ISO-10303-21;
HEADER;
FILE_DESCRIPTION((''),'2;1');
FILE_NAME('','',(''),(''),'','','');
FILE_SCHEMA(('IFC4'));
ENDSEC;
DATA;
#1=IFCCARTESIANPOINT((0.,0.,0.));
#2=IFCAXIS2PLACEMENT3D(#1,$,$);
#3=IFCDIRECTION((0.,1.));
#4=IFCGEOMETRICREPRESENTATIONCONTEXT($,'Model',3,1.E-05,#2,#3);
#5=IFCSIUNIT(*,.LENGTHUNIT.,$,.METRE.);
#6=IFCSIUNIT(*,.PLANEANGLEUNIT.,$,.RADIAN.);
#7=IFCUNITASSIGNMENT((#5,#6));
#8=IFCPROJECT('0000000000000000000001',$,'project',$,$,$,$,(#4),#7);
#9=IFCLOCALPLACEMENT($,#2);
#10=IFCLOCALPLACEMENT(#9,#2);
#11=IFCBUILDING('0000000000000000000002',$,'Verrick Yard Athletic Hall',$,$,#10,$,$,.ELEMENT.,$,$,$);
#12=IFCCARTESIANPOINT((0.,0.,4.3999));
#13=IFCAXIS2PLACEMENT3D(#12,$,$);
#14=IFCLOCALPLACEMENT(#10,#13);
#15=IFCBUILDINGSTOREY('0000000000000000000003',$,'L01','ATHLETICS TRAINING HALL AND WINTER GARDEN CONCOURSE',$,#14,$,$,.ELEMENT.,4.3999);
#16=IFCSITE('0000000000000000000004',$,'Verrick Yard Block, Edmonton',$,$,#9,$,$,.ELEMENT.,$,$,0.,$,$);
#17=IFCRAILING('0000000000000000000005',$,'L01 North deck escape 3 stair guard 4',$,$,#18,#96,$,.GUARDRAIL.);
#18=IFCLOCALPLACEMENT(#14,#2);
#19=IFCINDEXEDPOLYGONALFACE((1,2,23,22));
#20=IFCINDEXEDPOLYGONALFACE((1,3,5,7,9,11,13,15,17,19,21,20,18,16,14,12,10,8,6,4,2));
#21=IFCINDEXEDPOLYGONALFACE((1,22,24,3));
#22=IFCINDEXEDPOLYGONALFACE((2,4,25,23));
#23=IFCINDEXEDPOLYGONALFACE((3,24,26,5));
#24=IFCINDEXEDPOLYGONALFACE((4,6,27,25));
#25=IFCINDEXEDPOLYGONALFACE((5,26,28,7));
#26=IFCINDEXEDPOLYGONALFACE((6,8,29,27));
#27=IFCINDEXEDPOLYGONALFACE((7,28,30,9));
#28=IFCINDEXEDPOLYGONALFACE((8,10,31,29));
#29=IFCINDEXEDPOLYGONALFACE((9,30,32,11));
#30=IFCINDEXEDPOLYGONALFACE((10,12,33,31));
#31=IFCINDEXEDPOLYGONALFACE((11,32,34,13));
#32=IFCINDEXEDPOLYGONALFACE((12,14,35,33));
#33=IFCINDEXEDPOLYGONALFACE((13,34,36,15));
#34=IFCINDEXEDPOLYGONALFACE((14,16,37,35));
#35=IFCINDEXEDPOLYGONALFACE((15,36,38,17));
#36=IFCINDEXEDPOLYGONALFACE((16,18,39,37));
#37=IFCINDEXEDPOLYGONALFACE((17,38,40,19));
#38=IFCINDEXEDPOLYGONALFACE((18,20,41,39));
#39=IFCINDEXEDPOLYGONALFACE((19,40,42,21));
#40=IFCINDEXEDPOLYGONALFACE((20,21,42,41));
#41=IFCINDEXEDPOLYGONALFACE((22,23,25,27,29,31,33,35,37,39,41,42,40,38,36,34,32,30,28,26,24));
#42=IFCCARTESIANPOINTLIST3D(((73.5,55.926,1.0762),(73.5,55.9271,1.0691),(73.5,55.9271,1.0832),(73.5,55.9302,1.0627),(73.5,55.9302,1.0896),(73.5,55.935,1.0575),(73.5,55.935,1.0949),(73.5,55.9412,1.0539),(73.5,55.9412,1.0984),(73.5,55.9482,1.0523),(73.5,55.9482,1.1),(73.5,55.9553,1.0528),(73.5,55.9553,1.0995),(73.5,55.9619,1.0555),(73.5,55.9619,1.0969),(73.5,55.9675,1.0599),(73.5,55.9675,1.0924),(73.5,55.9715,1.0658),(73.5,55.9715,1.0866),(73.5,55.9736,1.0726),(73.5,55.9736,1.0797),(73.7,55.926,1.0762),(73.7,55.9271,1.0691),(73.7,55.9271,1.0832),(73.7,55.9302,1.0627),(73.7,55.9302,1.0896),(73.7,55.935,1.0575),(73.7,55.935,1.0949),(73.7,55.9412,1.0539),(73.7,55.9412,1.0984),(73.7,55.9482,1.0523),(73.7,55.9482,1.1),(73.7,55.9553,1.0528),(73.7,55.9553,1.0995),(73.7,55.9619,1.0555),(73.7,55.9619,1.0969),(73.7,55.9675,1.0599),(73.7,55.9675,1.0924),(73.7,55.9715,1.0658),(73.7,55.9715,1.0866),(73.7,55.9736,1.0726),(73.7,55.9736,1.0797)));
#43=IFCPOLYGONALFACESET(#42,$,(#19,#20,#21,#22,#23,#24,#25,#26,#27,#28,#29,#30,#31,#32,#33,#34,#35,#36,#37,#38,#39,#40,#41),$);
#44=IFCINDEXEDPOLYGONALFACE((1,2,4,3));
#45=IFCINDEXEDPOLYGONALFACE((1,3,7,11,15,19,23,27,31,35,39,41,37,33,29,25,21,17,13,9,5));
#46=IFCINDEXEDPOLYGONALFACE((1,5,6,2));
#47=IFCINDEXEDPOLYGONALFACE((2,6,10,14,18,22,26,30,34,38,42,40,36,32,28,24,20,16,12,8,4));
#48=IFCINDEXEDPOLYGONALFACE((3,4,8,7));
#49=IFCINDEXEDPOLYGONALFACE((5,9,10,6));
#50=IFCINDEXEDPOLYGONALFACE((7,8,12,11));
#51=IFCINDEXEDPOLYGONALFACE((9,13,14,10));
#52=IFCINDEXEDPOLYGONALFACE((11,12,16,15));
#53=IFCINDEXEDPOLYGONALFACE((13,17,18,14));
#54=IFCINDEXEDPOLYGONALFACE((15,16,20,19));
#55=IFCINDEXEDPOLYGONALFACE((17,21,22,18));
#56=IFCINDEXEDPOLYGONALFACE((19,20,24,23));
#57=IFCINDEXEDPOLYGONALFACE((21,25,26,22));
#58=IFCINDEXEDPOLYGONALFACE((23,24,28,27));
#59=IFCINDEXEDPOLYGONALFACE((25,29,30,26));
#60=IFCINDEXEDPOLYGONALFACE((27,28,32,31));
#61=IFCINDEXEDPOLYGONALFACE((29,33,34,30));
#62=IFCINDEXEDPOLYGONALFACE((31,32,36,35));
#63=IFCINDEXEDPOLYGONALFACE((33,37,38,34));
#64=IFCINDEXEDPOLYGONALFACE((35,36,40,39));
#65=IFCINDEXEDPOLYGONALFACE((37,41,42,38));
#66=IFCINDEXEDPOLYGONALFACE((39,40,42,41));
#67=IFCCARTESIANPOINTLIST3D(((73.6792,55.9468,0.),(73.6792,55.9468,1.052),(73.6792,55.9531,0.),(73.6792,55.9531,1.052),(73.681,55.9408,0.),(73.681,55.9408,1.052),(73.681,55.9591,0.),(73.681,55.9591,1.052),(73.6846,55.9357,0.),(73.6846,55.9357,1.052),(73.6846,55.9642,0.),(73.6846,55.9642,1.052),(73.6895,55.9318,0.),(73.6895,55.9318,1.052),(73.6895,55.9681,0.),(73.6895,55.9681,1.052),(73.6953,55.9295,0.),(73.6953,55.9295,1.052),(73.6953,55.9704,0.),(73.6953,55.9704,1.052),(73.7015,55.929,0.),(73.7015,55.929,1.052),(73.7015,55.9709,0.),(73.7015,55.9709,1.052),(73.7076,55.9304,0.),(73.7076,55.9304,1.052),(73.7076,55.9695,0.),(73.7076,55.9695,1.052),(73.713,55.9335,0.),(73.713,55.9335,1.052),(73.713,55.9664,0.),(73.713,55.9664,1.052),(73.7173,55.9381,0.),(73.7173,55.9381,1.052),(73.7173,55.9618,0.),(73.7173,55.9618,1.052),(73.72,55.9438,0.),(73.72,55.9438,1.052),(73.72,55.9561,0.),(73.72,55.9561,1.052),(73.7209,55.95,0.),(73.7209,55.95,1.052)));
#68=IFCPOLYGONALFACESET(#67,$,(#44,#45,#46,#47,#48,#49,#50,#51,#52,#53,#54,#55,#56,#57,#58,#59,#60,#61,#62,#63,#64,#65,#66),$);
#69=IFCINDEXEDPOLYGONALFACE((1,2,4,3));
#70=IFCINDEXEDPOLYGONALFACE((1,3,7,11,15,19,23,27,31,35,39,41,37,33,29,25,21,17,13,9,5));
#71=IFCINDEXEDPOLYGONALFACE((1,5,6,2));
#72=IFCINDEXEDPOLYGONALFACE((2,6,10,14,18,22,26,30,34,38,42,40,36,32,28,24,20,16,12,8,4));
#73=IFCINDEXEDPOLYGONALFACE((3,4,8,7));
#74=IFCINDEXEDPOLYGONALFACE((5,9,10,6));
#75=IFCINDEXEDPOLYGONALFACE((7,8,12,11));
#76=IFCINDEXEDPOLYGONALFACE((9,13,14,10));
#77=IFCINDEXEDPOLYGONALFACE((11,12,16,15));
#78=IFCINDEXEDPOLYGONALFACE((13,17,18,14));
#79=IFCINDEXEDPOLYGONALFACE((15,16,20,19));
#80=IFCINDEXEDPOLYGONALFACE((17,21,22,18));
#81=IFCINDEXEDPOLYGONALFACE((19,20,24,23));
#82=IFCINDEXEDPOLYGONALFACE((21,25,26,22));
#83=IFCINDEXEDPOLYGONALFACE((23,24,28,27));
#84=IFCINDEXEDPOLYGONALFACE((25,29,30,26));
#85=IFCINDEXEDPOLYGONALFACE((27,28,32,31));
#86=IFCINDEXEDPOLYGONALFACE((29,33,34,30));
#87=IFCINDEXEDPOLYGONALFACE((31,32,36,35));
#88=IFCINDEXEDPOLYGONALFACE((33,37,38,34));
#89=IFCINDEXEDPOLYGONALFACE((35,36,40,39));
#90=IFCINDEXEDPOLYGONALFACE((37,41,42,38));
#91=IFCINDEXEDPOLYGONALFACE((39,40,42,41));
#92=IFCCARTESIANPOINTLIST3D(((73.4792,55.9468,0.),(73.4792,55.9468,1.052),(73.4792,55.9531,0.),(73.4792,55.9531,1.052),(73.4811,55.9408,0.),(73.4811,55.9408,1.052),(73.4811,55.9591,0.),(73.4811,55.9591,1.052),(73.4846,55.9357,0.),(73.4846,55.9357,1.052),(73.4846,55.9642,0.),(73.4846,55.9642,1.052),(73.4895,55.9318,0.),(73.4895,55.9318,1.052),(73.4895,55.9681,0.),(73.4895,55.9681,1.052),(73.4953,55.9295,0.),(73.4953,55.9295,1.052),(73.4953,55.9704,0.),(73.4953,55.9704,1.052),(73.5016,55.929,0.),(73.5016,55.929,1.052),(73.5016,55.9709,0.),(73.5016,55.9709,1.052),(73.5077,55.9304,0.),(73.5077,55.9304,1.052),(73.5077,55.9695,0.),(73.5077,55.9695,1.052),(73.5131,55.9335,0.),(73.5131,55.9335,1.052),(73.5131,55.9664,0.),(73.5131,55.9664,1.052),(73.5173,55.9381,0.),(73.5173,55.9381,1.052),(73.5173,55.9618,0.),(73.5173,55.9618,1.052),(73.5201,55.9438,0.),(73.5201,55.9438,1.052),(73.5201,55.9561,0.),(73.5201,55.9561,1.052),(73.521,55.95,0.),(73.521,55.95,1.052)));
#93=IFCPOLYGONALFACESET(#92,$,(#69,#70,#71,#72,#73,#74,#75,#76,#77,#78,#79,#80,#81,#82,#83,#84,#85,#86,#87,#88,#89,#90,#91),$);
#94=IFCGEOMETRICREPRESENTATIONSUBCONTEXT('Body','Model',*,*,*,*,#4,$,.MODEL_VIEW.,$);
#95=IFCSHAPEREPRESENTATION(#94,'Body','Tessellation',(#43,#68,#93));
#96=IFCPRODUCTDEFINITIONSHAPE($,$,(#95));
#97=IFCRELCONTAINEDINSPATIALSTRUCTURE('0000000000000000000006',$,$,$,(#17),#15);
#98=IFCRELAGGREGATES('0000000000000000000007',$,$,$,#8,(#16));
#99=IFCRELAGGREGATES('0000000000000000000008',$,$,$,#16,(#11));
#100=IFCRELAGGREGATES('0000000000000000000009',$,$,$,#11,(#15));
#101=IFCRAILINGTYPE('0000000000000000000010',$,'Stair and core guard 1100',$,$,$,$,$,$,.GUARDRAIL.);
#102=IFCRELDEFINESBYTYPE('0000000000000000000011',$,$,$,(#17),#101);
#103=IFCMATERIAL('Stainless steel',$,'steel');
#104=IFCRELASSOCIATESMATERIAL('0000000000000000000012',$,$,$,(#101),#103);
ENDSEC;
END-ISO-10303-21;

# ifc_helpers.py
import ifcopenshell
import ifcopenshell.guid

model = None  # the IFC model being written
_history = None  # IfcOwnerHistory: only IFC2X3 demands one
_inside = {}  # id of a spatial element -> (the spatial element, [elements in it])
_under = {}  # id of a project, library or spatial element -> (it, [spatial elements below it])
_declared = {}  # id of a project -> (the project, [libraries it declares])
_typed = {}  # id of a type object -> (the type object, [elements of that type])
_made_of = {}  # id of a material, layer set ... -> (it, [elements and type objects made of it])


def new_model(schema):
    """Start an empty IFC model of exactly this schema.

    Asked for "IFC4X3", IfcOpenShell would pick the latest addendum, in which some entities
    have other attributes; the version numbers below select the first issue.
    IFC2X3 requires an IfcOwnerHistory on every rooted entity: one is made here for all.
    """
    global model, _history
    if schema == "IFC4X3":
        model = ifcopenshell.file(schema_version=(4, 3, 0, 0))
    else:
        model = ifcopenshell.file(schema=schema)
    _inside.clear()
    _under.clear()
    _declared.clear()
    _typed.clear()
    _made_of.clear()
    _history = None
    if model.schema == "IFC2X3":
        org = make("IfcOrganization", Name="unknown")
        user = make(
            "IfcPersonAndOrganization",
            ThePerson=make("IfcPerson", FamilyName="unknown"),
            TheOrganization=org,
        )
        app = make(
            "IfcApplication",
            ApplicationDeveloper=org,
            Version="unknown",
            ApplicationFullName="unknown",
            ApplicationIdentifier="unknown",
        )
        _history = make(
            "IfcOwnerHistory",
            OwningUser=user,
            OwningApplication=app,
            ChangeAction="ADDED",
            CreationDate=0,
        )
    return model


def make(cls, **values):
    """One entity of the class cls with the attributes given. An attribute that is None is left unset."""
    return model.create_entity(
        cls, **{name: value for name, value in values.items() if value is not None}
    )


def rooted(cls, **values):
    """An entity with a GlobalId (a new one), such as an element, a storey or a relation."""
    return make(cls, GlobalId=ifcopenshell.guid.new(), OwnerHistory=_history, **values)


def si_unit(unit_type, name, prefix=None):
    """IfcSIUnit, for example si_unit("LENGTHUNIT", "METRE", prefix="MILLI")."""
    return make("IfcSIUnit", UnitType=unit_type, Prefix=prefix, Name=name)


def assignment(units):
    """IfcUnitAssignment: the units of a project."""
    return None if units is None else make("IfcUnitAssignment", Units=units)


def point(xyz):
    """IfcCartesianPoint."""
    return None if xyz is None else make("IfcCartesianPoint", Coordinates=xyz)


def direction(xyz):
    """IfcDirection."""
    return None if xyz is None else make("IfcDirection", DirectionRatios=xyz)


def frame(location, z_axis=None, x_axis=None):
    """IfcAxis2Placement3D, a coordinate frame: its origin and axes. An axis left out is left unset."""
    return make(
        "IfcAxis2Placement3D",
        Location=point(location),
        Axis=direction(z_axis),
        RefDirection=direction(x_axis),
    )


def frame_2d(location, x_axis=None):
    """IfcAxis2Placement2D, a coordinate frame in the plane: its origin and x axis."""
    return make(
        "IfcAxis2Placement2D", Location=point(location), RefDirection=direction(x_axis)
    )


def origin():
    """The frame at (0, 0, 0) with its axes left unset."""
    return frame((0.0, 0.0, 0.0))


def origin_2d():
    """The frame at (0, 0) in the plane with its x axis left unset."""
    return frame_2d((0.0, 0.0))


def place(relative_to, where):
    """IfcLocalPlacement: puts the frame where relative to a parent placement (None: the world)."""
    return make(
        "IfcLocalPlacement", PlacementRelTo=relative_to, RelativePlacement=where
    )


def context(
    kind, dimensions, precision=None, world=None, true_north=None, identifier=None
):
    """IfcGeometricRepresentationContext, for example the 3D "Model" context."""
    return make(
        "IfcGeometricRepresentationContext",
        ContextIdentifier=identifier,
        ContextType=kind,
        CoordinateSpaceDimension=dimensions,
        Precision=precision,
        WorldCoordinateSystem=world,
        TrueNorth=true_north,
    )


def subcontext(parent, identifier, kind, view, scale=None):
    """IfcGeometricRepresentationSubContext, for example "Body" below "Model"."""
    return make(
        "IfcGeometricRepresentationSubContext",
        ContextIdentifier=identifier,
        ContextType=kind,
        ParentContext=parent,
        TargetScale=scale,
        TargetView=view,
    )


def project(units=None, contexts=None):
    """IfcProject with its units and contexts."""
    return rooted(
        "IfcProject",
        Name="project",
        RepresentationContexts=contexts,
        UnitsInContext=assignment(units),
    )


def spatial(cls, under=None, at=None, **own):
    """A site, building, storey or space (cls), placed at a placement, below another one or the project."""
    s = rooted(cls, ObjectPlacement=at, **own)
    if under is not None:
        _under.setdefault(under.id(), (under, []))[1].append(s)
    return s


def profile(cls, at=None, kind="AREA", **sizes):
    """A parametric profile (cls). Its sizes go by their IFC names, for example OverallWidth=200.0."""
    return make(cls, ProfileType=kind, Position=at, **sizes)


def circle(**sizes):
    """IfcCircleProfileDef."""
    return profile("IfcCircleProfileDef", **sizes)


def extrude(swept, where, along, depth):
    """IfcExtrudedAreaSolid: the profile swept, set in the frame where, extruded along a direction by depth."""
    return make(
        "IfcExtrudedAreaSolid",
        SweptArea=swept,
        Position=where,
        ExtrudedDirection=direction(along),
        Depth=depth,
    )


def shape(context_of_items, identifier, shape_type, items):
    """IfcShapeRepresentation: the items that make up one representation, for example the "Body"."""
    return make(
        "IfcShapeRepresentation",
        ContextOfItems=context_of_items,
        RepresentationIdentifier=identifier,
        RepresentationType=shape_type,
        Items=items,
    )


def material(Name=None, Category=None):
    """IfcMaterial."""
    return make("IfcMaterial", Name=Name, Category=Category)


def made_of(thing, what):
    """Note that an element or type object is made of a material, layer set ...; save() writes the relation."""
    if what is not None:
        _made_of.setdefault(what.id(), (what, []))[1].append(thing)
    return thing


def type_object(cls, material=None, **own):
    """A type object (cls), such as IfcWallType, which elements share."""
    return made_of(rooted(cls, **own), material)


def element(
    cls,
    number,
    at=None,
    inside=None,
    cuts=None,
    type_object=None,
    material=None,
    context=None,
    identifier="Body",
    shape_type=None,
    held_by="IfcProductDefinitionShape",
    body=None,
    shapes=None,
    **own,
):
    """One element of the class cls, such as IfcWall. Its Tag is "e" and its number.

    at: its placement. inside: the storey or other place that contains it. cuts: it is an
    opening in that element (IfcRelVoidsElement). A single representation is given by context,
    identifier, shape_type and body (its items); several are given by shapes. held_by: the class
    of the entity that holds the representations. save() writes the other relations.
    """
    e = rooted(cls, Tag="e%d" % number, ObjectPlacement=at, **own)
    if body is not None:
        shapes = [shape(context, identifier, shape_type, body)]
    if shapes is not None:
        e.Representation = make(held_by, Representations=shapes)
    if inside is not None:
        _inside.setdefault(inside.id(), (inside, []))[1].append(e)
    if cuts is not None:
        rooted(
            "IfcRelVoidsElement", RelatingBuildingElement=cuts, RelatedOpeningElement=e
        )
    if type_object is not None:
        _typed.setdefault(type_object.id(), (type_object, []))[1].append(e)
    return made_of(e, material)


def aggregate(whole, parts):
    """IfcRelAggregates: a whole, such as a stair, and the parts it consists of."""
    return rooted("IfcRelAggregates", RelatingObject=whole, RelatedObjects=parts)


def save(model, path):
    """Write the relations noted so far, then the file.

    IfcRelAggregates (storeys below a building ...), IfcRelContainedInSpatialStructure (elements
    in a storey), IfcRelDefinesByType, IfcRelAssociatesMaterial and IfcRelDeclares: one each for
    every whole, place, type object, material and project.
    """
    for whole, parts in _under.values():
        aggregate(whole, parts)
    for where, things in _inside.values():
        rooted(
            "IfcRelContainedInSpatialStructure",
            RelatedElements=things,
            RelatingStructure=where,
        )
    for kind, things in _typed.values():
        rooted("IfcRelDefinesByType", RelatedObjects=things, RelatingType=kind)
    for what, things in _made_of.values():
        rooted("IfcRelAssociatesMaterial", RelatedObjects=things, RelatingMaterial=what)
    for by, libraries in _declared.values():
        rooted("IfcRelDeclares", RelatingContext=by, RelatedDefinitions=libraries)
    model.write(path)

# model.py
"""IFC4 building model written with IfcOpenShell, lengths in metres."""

from ifc_helpers import new_model, si_unit, direction, frame, origin, origin_2d, place, context, subcontext, project, spatial, circle, extrude, material, type_object, element, save


model = new_model("IFC4")

# Units and contexts
model_context = context("Model", 3, precision=1e-05, world=origin(), true_north=direction((0.0, 1.0)))
body_context = subcontext(model_context, "Body", "Model", "MODEL_VIEW")
ifc_project = project(units=[si_unit("LENGTHUNIT", "METRE"), si_unit("PLANEANGLEUNIT", "RADIAN")], contexts=[model_context])

# Site, building, storey
site_placement = place(None, origin())
site = spatial("IfcSite", under=ifc_project, at=site_placement, Name="Verrick Yard Block, Edmonton", CompositionType="ELEMENT", RefElevation=0.0)
building_placement = place(site_placement, origin())
building = spatial("IfcBuilding", under=site, at=building_placement, Name="Verrick Yard Athletic Hall", CompositionType="ELEMENT")
storey_placement = place(building_placement, frame((0.0, 0.0, 4.3999)))
storey = spatial("IfcBuildingStorey", under=building, at=storey_placement, Name="L01", Description="ATHLETICS TRAINING HALL AND WINTER GARDEN CONCOURSE", CompositionType="ELEMENT", Elevation=4.3999)

# Railing
ifc_material_1 = material(Name="Stainless steel", Category="steel")
railing_type_1 = type_object("IfcRailingType", Name="Stair and core guard 1100", PredefinedType="GUARDRAIL", material=ifc_material_1)
railing_1_placement = place(storey_placement, frame((73.7, 55.95, 0.0)))
element("IfcRailing", 1, at=railing_1_placement, inside=storey, type_object=railing_type_1, Name="L01 North deck escape 3 stair guard 4", PredefinedType="GUARDRAIL", context=body_context, shape_type="SweptSolid", body=[
    extrude(circle(Radius=0.0239, at=origin_2d()), frame((0.0, 0.0, 1.0762), z_axis=(-1.0, 0.0, 0.0), x_axis=(0.0, -1.0, 0.0)), (0.0, 0.0, 1.0), 0.2),
    extrude(circle(Radius=0.021, at=origin_2d()), origin(), (0.0, 0.0, 1.0), 1.052),
    extrude(circle(Radius=0.021, at=origin_2d()), frame((-0.2, 0.0, 0.0)), (0.0, 0.0, 1.0), 1.052),
])

save(model, "model.ifc")
